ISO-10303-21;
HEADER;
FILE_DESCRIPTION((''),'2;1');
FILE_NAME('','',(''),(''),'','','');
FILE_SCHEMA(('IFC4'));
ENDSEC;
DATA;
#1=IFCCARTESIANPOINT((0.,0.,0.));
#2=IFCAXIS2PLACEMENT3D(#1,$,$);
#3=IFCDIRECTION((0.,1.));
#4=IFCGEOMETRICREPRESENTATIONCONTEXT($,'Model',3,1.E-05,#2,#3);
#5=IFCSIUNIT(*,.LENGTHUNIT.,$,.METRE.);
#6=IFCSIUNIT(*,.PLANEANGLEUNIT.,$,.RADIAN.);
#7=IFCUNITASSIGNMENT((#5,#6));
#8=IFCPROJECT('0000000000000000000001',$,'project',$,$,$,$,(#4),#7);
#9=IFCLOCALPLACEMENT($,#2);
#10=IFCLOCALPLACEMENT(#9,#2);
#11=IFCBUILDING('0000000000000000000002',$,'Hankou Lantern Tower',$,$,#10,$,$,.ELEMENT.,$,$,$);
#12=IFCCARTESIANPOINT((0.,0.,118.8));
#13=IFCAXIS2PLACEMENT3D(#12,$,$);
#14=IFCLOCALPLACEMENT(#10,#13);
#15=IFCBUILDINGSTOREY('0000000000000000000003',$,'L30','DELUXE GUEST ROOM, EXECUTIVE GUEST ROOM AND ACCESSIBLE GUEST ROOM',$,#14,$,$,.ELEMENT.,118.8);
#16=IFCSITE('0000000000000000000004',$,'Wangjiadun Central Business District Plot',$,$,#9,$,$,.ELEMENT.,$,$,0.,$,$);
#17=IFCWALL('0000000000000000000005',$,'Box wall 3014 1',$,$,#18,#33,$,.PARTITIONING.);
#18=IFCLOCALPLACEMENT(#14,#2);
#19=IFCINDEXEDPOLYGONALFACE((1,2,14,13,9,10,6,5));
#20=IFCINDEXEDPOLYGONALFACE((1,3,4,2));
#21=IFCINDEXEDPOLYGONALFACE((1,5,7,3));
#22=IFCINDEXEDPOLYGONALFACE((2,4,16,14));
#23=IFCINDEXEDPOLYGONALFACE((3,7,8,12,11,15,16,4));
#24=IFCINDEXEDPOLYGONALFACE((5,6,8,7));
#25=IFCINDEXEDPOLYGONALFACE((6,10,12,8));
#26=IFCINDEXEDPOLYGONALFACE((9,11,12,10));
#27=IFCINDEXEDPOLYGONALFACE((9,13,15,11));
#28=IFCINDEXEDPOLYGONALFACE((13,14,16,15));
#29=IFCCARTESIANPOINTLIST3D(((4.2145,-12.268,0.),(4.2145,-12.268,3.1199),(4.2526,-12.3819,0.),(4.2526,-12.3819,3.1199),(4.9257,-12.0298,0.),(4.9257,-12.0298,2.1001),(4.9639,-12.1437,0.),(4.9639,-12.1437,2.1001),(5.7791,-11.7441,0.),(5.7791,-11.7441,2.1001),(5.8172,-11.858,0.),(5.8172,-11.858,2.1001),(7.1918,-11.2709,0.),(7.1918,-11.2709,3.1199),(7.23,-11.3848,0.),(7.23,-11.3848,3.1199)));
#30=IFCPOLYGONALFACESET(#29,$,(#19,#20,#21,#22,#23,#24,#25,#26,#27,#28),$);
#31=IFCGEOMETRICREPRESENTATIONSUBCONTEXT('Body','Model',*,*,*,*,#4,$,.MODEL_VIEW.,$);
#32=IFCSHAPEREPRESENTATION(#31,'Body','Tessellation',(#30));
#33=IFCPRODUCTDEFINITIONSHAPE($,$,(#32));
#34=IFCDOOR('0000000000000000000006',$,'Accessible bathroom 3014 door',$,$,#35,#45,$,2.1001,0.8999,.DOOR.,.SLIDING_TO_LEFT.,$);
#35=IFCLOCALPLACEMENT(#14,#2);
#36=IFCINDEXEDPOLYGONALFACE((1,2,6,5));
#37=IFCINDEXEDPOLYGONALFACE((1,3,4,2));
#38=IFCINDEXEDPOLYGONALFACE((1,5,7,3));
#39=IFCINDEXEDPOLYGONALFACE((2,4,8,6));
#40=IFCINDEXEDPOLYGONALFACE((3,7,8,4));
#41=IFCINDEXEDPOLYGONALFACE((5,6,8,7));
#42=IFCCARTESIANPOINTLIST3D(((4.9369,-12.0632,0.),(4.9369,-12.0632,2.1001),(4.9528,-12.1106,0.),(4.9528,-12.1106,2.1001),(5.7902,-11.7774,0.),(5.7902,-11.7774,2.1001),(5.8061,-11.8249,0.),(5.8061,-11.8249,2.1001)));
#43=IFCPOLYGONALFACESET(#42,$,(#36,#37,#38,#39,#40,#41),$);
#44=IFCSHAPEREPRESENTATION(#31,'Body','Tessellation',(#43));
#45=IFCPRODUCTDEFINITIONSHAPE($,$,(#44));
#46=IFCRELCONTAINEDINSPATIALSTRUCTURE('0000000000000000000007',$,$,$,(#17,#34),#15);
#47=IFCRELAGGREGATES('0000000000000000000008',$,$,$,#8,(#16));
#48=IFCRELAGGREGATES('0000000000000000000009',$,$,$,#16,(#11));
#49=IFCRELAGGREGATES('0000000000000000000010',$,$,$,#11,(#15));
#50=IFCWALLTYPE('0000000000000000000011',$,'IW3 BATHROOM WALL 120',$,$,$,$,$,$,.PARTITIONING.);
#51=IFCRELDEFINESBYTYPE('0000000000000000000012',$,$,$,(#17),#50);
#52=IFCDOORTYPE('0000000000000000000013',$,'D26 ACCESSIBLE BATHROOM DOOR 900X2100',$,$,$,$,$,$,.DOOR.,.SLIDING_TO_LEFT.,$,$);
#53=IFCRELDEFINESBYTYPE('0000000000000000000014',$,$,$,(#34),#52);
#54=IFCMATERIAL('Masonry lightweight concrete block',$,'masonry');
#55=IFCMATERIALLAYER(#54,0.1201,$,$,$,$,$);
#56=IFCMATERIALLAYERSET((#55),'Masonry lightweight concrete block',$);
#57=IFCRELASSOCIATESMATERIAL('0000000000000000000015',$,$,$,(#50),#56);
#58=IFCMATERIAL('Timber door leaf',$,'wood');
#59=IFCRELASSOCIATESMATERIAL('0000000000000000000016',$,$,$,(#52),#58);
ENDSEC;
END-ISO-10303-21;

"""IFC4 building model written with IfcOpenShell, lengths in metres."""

from ifc_helpers import new_model, si_unit, direction, frame, frame_2d, origin, place, context, subcontext, project, spatial, rectangle, extrude, material, layer, layer_set, type_object, element, fill, save


model = new_model("IFC4")

# Units and contexts
model_context = context("Model", 3, precision=1e-05, world=origin(), true_north=direction((0.0, 1.0)))
body_context = subcontext(model_context, "Body", "Model", "MODEL_VIEW")
ifc_project = project(units=[si_unit("LENGTHUNIT", "METRE"), si_unit("PLANEANGLEUNIT", "RADIAN")], contexts=[model_context])

# Site, building, storey
site_placement = place(None, origin())
site = spatial("IfcSite", under=ifc_project, at=site_placement, Name="Wangjiadun Central Business District Plot", CompositionType="ELEMENT", RefElevation=0.0)
building_placement = place(site_placement, origin())
building = spatial("IfcBuilding", under=site, at=building_placement, Name="Hankou Lantern Tower", CompositionType="ELEMENT")
storey_placement = place(building_placement, frame((0.0, 0.0, 118.8)))
storey = spatial("IfcBuildingStorey", under=building, at=storey_placement, Name="L30", Description="DELUXE GUEST ROOM, EXECUTIVE GUEST ROOM AND ACCESSIBLE GUEST ROOM", CompositionType="ELEMENT", Elevation=118.8)

# Shared definitions
ifc_material_1 = material(Name="Masonry lightweight concrete block", Category="masonry")
ifc_layer_1 = layer(ifc_material_1, 0.1201)
ifc_layer_set_1 = layer_set([ifc_layer_1], Name="Masonry lightweight concrete block")
wall_type_1 = type_object("IfcWallType", Name="IW3 BATHROOM WALL 120", PredefinedType="PARTITIONING", material=ifc_layer_set_1)

# Wall, opening, door
wall_1_placement = place(storey_placement, frame((4.2336, -12.325, 0.0), z_axis=(0.0, 0.0, 1.0), x_axis=(0.948239, 0.317557, 0.0)))
wall_1 = element("IfcWall", 1, at=wall_1_placement, inside=storey, type_object=wall_type_1, Name="Box wall 3014 1", PredefinedType="PARTITIONING", context=body_context, shape_type="SweptSolid", body=[
    extrude(rectangle(XDim=3.1399, YDim=0.1201, at=frame_2d((1.5698, 0.0))), origin(), (0.0, 0.0, 1.0), 3.1199),
])
opening_1_placement = place(wall_1_placement, frame((0.75, 0.0, 0.0)))
opening_1 = element("IfcOpeningElement", 2, at=opening_1_placement, cuts=wall_1, PredefinedType="OPENING", context=body_context, shape_type="SweptSolid", body=[
    extrude(rectangle(XDim=0.8999, YDim=2.1001, at=frame_2d((0.45, 1.05))), frame((0.0, 0.0701, 0.0), z_axis=(0.0, -1.0, 0.0), x_axis=(1.0, 0.0, 0.0)), (0.0, 0.0, 1.0), 0.1401),
])
ifc_material_2 = material(Name="Timber door leaf", Category="wood")
door_type = type_object("IfcDoorType", Name="D26 ACCESSIBLE BATHROOM DOOR 900X2100", OperationType="SLIDING_TO_LEFT", PredefinedType="DOOR", material=ifc_material_2)
door_placement = place(opening_1_placement, origin())
door = element("IfcDoor", 3, at=door_placement, inside=storey, type_object=door_type, Name="Accessible bathroom 3014 door", OperationType="SLIDING_TO_LEFT", OverallHeight=2.1001, OverallWidth=0.8999, PredefinedType="DOOR", context=body_context, shape_type="SweptSolid", body=[
    extrude(rectangle(XDim=0.8999, YDim=2.1001, at=frame_2d((0.45, 1.05))), frame((0.0, 0.0249, 0.0), z_axis=(0.0, -1.0, 0.0), x_axis=(1.0, 0.0, 0.0)), (0.0, 0.0, 1.0), 0.05),
])
fill(opening_1, door)

save(model, "model.ifc")
